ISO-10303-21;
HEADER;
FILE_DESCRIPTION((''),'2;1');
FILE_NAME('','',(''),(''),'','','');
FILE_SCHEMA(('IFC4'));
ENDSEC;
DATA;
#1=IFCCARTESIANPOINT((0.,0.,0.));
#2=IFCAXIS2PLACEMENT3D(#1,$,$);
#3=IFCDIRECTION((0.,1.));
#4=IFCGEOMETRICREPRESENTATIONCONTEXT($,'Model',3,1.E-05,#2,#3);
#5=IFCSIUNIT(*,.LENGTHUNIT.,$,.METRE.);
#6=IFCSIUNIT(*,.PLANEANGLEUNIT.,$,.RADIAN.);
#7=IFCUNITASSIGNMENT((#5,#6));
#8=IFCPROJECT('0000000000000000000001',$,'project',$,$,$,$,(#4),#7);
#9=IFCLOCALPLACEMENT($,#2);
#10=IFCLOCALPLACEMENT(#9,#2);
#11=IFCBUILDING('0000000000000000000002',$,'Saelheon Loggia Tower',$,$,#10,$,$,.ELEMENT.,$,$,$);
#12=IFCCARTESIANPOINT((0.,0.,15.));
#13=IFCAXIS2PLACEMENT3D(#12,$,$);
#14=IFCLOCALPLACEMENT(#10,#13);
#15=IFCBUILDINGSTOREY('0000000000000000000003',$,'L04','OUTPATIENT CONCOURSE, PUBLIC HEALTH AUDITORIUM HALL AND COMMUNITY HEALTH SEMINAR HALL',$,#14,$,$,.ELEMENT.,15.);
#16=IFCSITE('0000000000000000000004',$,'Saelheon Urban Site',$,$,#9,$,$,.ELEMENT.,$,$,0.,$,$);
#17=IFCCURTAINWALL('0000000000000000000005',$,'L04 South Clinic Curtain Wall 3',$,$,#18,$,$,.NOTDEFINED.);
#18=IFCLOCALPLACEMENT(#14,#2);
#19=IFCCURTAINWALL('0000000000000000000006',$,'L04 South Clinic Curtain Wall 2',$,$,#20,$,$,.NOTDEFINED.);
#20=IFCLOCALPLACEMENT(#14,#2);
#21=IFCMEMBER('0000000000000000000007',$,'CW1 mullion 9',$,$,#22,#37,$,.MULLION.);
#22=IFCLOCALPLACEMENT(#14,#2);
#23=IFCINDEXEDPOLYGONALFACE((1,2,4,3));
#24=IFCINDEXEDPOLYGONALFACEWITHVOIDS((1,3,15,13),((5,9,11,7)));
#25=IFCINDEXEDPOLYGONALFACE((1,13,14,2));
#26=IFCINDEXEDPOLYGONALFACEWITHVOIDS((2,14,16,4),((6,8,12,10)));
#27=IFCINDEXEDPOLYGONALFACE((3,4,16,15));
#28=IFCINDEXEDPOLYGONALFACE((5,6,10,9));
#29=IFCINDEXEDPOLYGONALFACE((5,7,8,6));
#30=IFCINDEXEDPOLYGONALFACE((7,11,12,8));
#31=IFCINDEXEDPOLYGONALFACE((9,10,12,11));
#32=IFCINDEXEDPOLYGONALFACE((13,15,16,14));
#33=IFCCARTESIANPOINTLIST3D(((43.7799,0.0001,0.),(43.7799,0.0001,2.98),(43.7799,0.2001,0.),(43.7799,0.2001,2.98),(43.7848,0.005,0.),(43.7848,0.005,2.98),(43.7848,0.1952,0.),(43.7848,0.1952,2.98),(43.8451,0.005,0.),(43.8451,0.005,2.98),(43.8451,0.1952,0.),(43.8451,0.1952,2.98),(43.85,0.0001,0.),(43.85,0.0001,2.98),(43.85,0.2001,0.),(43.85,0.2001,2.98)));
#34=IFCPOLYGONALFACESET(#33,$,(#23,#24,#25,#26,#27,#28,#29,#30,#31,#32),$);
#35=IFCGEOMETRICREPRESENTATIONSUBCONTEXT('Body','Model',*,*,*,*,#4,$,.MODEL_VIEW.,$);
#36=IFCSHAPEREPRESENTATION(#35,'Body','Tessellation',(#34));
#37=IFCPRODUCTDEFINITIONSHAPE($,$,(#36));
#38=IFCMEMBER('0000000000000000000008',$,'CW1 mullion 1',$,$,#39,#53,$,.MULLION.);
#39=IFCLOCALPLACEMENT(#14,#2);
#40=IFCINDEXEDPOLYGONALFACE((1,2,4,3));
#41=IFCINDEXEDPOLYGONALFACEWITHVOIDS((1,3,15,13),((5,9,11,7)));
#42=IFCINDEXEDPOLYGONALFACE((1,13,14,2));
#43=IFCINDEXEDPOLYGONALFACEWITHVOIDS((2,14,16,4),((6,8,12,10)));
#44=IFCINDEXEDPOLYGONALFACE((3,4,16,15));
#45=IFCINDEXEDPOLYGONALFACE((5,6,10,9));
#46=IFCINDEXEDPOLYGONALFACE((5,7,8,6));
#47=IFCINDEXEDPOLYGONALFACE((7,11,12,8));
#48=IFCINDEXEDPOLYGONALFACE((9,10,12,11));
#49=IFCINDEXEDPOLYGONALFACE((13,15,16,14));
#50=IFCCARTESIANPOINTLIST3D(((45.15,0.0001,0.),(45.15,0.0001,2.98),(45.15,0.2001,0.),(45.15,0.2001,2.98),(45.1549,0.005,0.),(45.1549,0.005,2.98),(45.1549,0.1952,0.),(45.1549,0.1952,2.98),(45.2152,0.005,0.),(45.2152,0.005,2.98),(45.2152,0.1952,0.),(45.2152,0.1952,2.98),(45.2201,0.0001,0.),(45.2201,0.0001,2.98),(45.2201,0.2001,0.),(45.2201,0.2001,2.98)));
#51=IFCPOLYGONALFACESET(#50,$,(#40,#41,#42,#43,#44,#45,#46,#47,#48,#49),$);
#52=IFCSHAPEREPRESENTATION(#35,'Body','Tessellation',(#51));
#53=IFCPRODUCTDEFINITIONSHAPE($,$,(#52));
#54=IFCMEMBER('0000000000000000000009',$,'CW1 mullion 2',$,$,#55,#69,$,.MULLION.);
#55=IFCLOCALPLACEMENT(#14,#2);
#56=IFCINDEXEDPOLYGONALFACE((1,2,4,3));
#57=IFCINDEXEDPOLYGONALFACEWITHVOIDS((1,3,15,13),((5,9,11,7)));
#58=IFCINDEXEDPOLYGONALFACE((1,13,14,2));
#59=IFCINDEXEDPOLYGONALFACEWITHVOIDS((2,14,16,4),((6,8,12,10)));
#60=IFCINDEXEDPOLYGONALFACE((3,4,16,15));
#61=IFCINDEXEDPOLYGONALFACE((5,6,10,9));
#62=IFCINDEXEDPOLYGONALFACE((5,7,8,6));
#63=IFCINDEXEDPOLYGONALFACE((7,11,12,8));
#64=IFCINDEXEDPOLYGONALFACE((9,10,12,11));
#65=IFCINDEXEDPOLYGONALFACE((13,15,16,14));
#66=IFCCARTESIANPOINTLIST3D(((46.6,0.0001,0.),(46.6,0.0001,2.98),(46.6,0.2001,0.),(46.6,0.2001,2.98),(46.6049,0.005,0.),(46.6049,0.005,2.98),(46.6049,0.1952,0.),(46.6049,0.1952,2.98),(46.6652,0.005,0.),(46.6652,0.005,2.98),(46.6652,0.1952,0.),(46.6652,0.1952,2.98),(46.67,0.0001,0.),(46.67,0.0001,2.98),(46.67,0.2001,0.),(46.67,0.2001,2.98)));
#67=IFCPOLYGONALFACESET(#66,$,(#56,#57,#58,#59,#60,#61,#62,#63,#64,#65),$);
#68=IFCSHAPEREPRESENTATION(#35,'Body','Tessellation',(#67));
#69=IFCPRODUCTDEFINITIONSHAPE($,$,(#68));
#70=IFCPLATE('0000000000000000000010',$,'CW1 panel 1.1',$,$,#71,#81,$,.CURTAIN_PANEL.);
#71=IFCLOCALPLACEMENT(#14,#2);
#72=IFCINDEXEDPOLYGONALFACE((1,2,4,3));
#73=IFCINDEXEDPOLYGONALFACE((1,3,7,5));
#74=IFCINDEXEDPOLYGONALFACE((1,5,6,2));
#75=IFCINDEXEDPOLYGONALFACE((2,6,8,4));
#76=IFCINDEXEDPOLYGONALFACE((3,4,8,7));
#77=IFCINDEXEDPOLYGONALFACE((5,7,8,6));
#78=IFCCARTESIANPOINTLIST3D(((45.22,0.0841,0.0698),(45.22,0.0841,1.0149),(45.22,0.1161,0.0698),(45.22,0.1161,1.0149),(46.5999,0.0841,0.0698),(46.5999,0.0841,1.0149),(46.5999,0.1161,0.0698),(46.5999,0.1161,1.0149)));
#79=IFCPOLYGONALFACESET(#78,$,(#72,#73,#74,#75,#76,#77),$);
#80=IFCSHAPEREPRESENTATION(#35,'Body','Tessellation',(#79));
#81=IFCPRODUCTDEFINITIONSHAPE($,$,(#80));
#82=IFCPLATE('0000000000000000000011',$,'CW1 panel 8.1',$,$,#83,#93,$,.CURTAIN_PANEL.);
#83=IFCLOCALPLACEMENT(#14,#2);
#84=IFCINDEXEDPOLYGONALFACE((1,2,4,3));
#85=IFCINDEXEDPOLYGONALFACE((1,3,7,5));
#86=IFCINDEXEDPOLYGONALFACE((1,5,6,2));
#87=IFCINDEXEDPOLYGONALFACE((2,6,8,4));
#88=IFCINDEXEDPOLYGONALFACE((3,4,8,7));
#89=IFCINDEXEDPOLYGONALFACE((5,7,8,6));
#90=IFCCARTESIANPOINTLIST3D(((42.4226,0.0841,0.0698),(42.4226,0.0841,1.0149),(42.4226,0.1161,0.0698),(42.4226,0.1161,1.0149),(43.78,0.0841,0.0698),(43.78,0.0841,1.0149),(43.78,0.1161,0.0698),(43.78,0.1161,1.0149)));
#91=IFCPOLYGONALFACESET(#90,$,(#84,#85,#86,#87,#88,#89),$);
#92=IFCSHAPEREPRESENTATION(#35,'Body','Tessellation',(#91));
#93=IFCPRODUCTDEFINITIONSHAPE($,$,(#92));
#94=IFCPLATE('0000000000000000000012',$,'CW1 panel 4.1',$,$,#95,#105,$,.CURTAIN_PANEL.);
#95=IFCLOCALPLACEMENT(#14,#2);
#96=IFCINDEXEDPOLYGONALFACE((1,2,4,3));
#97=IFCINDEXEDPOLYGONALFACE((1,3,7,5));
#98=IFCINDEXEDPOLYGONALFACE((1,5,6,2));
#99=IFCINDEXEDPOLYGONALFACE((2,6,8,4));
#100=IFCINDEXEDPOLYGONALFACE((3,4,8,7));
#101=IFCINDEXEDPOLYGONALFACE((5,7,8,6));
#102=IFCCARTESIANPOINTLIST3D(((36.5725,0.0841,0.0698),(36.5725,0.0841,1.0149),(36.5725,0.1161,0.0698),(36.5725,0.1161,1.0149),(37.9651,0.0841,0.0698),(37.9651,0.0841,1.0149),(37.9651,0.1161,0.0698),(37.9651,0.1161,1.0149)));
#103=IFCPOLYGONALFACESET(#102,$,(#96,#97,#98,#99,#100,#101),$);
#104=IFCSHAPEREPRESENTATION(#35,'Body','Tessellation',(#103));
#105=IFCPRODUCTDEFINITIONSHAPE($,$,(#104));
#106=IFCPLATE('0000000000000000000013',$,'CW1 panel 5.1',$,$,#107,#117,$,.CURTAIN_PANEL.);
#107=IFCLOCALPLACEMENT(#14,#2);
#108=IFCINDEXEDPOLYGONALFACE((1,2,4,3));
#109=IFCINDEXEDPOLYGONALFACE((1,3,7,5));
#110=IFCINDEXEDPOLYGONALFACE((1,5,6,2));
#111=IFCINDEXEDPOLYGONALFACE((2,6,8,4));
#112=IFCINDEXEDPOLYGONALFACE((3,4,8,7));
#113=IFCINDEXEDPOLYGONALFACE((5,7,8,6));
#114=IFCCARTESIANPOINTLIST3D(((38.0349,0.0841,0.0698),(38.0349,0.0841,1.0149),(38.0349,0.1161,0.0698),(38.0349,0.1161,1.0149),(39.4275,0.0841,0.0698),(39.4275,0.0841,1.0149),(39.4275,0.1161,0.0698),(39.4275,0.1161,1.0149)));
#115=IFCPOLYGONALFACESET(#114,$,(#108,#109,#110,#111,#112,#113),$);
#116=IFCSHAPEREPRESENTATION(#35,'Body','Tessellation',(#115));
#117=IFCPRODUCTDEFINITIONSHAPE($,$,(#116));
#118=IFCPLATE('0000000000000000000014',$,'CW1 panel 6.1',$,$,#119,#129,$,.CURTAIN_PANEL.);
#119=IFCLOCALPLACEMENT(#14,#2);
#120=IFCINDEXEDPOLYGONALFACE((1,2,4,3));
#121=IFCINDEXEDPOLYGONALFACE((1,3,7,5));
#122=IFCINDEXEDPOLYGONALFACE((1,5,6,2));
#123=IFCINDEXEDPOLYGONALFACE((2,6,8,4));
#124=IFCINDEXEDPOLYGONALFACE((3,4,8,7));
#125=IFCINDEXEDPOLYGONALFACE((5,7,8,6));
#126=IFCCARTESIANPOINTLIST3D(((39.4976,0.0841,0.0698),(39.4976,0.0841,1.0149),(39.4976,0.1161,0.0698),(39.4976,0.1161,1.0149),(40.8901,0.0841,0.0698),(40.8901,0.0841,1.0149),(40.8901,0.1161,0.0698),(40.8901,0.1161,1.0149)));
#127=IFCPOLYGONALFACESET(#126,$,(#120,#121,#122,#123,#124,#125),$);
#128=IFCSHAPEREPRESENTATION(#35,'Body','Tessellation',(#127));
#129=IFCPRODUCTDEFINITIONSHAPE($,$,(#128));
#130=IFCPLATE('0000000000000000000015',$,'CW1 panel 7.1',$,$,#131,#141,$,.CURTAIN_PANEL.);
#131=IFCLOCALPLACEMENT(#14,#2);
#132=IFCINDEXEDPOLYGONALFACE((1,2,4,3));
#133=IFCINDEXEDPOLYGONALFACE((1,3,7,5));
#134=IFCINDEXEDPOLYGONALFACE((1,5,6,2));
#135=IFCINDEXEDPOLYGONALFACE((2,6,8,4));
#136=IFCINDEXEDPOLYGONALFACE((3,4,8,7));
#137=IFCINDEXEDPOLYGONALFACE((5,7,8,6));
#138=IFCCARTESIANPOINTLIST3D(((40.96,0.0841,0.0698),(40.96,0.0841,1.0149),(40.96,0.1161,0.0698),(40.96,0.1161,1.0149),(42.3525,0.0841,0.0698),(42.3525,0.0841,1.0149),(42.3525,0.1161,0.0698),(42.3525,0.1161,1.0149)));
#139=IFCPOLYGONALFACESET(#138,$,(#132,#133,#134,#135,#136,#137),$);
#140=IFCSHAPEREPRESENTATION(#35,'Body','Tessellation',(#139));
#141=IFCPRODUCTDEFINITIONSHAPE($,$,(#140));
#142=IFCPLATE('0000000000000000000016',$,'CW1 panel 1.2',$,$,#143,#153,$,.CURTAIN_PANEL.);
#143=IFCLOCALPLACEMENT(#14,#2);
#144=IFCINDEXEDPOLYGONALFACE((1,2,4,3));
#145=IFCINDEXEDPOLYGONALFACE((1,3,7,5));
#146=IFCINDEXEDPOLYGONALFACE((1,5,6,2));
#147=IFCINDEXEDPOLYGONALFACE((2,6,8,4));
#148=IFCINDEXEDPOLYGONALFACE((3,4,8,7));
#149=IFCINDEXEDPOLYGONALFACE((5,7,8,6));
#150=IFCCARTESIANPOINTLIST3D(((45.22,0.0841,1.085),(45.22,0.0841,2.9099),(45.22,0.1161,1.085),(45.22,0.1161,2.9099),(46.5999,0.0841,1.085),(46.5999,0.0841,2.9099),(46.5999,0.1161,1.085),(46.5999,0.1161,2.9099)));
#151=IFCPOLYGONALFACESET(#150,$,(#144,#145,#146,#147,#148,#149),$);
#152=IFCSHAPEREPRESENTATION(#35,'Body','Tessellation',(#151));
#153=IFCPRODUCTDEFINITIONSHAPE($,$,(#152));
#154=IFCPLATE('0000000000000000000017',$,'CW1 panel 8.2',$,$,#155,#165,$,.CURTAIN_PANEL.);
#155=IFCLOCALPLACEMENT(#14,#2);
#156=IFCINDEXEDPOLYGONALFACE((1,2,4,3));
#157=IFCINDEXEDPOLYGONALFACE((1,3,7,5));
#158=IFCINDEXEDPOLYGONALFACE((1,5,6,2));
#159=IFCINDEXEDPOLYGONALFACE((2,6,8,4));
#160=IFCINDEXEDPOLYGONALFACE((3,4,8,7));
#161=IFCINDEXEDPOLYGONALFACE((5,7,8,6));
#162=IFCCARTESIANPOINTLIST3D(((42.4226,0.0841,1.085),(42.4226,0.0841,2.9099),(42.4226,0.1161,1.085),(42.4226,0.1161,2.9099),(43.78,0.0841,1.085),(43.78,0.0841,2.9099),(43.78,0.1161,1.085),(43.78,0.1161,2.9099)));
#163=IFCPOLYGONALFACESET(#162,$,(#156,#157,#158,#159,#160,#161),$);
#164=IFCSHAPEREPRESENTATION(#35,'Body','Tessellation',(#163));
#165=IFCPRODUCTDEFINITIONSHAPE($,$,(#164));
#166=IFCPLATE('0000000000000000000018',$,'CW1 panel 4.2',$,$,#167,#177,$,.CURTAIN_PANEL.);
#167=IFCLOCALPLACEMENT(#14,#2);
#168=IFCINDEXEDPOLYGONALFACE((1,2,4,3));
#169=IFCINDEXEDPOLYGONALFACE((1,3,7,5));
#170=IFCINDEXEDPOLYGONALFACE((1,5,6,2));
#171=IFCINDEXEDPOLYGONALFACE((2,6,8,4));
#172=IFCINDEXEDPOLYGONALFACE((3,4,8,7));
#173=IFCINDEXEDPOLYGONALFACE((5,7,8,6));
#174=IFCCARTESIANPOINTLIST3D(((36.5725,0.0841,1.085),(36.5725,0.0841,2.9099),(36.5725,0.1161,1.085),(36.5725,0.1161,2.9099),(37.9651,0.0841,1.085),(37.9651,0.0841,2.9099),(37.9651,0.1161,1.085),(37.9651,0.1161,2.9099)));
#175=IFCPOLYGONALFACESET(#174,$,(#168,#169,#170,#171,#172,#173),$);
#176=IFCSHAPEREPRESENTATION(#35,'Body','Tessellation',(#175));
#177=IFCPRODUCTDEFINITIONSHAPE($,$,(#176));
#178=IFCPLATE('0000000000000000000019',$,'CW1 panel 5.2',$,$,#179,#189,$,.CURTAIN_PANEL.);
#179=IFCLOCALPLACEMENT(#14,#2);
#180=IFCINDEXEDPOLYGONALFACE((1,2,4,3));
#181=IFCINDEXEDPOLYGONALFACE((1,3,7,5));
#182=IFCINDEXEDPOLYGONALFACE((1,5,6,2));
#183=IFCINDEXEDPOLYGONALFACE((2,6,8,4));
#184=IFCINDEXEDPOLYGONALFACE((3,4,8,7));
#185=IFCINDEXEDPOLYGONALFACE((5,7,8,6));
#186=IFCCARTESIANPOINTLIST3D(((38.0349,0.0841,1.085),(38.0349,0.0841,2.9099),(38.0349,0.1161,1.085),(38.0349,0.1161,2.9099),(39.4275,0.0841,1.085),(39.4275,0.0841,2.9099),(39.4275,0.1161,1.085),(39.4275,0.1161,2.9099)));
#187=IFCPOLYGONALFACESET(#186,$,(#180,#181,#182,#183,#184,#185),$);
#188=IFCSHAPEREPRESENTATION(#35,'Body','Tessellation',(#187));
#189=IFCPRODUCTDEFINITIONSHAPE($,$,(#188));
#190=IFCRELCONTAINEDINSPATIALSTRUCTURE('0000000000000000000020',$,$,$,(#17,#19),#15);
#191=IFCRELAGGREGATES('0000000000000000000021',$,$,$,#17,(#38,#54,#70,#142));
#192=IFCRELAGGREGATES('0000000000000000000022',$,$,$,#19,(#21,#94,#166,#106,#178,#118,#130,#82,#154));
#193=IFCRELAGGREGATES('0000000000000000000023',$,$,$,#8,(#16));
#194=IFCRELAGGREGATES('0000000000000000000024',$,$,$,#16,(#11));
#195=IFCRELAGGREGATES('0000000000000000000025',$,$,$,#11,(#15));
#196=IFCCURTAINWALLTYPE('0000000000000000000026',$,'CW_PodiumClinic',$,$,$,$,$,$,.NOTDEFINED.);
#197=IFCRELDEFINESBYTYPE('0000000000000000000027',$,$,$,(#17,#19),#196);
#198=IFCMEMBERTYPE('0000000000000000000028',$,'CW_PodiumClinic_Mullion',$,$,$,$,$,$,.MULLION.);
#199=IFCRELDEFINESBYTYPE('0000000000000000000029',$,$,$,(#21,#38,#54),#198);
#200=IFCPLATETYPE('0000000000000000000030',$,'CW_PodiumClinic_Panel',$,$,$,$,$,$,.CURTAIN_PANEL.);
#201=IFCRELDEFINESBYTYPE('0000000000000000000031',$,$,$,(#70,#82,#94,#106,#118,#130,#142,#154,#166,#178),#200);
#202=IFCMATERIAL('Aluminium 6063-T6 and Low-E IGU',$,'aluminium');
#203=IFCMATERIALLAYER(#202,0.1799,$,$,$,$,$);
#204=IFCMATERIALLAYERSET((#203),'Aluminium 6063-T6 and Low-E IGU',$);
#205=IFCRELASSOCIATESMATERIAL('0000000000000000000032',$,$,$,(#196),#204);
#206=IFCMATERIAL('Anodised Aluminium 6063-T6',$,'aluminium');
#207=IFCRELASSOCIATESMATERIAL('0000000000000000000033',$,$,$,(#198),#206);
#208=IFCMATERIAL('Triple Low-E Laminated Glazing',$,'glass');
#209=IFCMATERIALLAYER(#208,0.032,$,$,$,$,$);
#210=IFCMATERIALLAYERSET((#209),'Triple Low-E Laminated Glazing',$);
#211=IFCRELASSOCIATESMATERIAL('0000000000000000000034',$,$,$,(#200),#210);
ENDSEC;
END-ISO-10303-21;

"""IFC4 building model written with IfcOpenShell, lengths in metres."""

from ifc_helpers import new_model, si_unit, direction, frame, origin, origin_2d, place, context, subcontext, project, spatial, rectangle, hollow_rectangle, extrude, source, transform, mapped, material, layer, layer_set, material_profile, profile_set, type_object, element, aggregate, save


model = new_model("IFC4")

# Units and contexts
model_context = context("Model", 3, precision=1e-05, world=origin(), true_north=direction((0.0, 1.0)))
body_context = subcontext(model_context, "Body", "Model", "MODEL_VIEW")
ifc_project = project(units=[si_unit("LENGTHUNIT", "METRE"), si_unit("PLANEANGLEUNIT", "RADIAN")], contexts=[model_context])

# Site, building, storey
site_placement = place(None, origin())
site = spatial("IfcSite", under=ifc_project, at=site_placement, Name="Saelheon Urban Site", CompositionType="ELEMENT", RefElevation=0.0)
building_placement = place(site_placement, origin())
building = spatial("IfcBuilding", under=site, at=building_placement, Name="Saelheon Loggia Tower", CompositionType="ELEMENT")
storey_placement = place(building_placement, frame((0.0, 0.0, 15.0)))
storey = spatial("IfcBuildingStorey", under=building, at=storey_placement, Name="L04", Description="OUTPATIENT CONCOURSE, PUBLIC HEALTH AUDITORIUM HALL AND COMMUNITY HEALTH SEMINAR HALL", CompositionType="ELEMENT", Elevation=15.0)

# Curtain walls, member
ifc_material_1 = material(Name="Aluminium 6063-T6 and Low-E IGU", Category="aluminium")
ifc_layer_1 = layer(ifc_material_1, 0.1799)
ifc_layer_set_1 = layer_set([ifc_layer_1], Name="Aluminium 6063-T6 and Low-E IGU")
curtain_wall_type = type_object("IfcCurtainWallType", Name="CW_PodiumClinic", PredefinedType="NOTDEFINED", material=ifc_layer_set_1)
curtain_wall_1_placement = place(storey_placement, origin())
curtain_wall_1 = element("IfcCurtainWall", 1, at=curtain_wall_1_placement, inside=storey, type_object=curtain_wall_type, Name="L04 South Clinic Curtain Wall 3", PredefinedType="NOTDEFINED")
ifc_material_2 = material(Name="Anodised Aluminium 6063-T6", Category="aluminium")
curtain_wall_2_placement = place(storey_placement, origin())
curtain_wall_2 = element("IfcCurtainWall", 2, at=curtain_wall_2_placement, inside=storey, type_object=curtain_wall_type, Name="L04 South Clinic Curtain Wall 2", PredefinedType="NOTDEFINED")
ifc_material_profile_1 = material_profile(ifc_material_2, hollow_rectangle(XDim=0.0701, YDim=0.2, WallThickness=0.0049, at=origin_2d()), Name="RHS-200x70x5")
ifc_profile_set_1 = profile_set([ifc_material_profile_1], Name="Anodised Aluminium 6063-T6")
member_type_1 = type_object("IfcMemberType", Name="CW_PodiumClinic_Mullion", PredefinedType="MULLION", material=ifc_profile_set_1)
shared_shape_1 = source(origin(), body_context, "Body", "SweptSolid", [
    extrude(hollow_rectangle(XDim=0.0701, YDim=0.2, WallThickness=0.0049, at=origin_2d()), origin(), (0.0, 0.0, 1.0), 2.98),
])
member_1_placement = place(storey_placement, frame((43.8149, 0.1001, 0.0), z_axis=(0.0, 0.0, 1.0), x_axis=(1.0, 0.0, 0.0)))
member_1 = element("IfcMember", 3, at=member_1_placement, type_object=member_type_1, Name="CW1 mullion 9", PredefinedType="MULLION", context=body_context, shape_type="MappedRepresentation", body=[
    mapped(shared_shape_1, transform((0.0, 0.0, 0.0), scale=1.0)),
])

# Members
member_2_placement = place(storey_placement, frame((45.1851, 0.1001, 0.0), z_axis=(0.0, 0.0, 1.0), x_axis=(1.0, 0.0, 0.0)))
member_2 = element("IfcMember", 4, at=member_2_placement, type_object=member_type_1, Name="CW1 mullion 1", PredefinedType="MULLION", context=body_context, shape_type="MappedRepresentation", body=[
    mapped(shared_shape_1, transform((0.0, 0.0, 0.0), scale=1.0)),
])
member_3_placement = place(storey_placement, frame((46.635, 0.1001, 0.0), z_axis=(0.0, 0.0, 1.0), x_axis=(1.0, 0.0, 0.0)))
member_3 = element("IfcMember", 5, at=member_3_placement, type_object=member_type_1, Name="CW1 mullion 2", PredefinedType="MULLION", context=body_context, shape_type="MappedRepresentation", body=[
    mapped(shared_shape_1, transform((0.0, 0.0, 0.0), scale=1.0)),
])

# Plates
ifc_material_3 = material(Name="Triple Low-E Laminated Glazing", Category="glass")
ifc_layer_2 = layer(ifc_material_3, 0.032)
ifc_layer_set_2 = layer_set([ifc_layer_2], Name="Triple Low-E Laminated Glazing")
plate_type = type_object("IfcPlateType", Name="CW_PodiumClinic_Panel", PredefinedType="CURTAIN_PANEL", material=ifc_layer_set_2)
shared_shape_2 = source(origin(), body_context, "Body", "SweptSolid", [
    extrude(rectangle(XDim=1.3799, YDim=0.032, at=origin_2d()), origin(), (0.0, 0.0, 1.0), 0.9451),
])
plate_1_placement = place(storey_placement, frame((45.9099, 0.1001, 0.0698), z_axis=(0.0, 0.0, 1.0), x_axis=(1.0, 0.0, 0.0)))
plate_1 = element("IfcPlate", 6, at=plate_1_placement, type_object=plate_type, Name="CW1 panel 1.1", PredefinedType="CURTAIN_PANEL", context=body_context, shape_type="MappedRepresentation", body=[
    mapped(shared_shape_2, transform((0.0, 0.0, 0.0), scale=1.0)),
])
shared_shape_3 = source(origin(), body_context, "Body", "SweptSolid", [
    extrude(rectangle(XDim=1.3574, YDim=0.032, at=origin_2d()), origin(), (0.0, 0.0, 1.0), 0.9451),
])
plate_2_placement = place(storey_placement, frame((43.1013, 0.1001, 0.0698), z_axis=(0.0, 0.0, 1.0), x_axis=(1.0, 0.0, 0.0)))
plate_2 = element("IfcPlate", 7, at=plate_2_placement, type_object=plate_type, Name="CW1 panel 8.1", PredefinedType="CURTAIN_PANEL", context=body_context, shape_type="MappedRepresentation", body=[
    mapped(shared_shape_3, transform((0.0, 0.0, 0.0), scale=1.0)),
])
shared_shape_4 = source(origin(), body_context, "Body", "SweptSolid", [
    extrude(rectangle(XDim=1.3926, YDim=0.032, at=origin_2d()), origin(), (0.0, 0.0, 1.0), 0.9451),
])
plate_3_placement = place(storey_placement, frame((37.2688, 0.1001, 0.0698), z_axis=(0.0, 0.0, 1.0), x_axis=(1.0, 0.0, 0.0)))
plate_3 = element("IfcPlate", 8, at=plate_3_placement, type_object=plate_type, Name="CW1 panel 4.1", PredefinedType="CURTAIN_PANEL", context=body_context, shape_type="MappedRepresentation", body=[
    mapped(shared_shape_4, transform((0.0, 0.0, 0.0), scale=1.0)),
])
plate_4_placement = place(storey_placement, frame((38.7312, 0.1001, 0.0698), z_axis=(0.0, 0.0, 1.0), x_axis=(1.0, 0.0, 0.0)))
plate_4 = element("IfcPlate", 9, at=plate_4_placement, type_object=plate_type, Name="CW1 panel 5.1", PredefinedType="CURTAIN_PANEL", context=body_context, shape_type="MappedRepresentation", body=[
    mapped(shared_shape_4, transform((0.0, 0.0, 0.0), scale=1.0)),
])
plate_5_placement = place(storey_placement, frame((40.1938, 0.1001, 0.0698), z_axis=(0.0, 0.0, 1.0), x_axis=(1.0, 0.0, 0.0)))
plate_5 = element("IfcPlate", 10, at=plate_5_placement, type_object=plate_type, Name="CW1 panel 6.1", PredefinedType="CURTAIN_PANEL", context=body_context, shape_type="MappedRepresentation", body=[
    mapped(shared_shape_4, transform((0.0, 0.0, 0.0), scale=1.0)),
])
plate_6_placement = place(storey_placement, frame((41.6562, 0.1001, 0.0698), z_axis=(0.0, 0.0, 1.0), x_axis=(1.0, 0.0, 0.0)))
plate_6 = element("IfcPlate", 11, at=plate_6_placement, type_object=plate_type, Name="CW1 panel 7.1", PredefinedType="CURTAIN_PANEL", context=body_context, shape_type="MappedRepresentation", body=[
    mapped(shared_shape_4, transform((0.0, 0.0, 0.0), scale=1.0)),
])
shared_shape_5 = source(origin(), body_context, "Body", "SweptSolid", [
    extrude(rectangle(XDim=1.3799, YDim=0.032, at=origin_2d()), origin(), (0.0, 0.0, 1.0), 1.825),
])
plate_7_placement = place(storey_placement, frame((45.9099, 0.1001, 1.085), z_axis=(0.0, 0.0, 1.0), x_axis=(1.0, 0.0, 0.0)))
plate_7 = element("IfcPlate", 12, at=plate_7_placement, type_object=plate_type, Name="CW1 panel 1.2", PredefinedType="CURTAIN_PANEL", context=body_context, shape_type="MappedRepresentation", body=[
    mapped(shared_shape_5, transform((0.0, 0.0, 0.0), scale=1.0)),
])
aggregate(curtain_wall_1, [member_2, member_3, plate_1, plate_7])
shared_shape_6 = source(origin(), body_context, "Body", "SweptSolid", [
    extrude(rectangle(XDim=1.3574, YDim=0.032, at=origin_2d()), origin(), (0.0, 0.0, 1.0), 1.825),
])
plate_8_placement = place(storey_placement, frame((43.1013, 0.1001, 1.085), z_axis=(0.0, 0.0, 1.0), x_axis=(1.0, 0.0, 0.0)))
plate_8 = element("IfcPlate", 13, at=plate_8_placement, type_object=plate_type, Name="CW1 panel 8.2", PredefinedType="CURTAIN_PANEL", context=body_context, shape_type="MappedRepresentation", body=[
    mapped(shared_shape_6, transform((0.0, 0.0, 0.0), scale=1.0)),
])
shared_shape_7 = source(origin(), body_context, "Body", "SweptSolid", [
    extrude(rectangle(XDim=1.3926, YDim=0.032, at=origin_2d()), origin(), (0.0, 0.0, 1.0), 1.825),
])
plate_9_placement = place(storey_placement, frame((37.2688, 0.1001, 1.085), z_axis=(0.0, 0.0, 1.0), x_axis=(1.0, 0.0, 0.0)))
plate_9 = element("IfcPlate", 14, at=plate_9_placement, type_object=plate_type, Name="CW1 panel 4.2", PredefinedType="CURTAIN_PANEL", context=body_context, shape_type="MappedRepresentation", body=[
    mapped(shared_shape_7, transform((0.0, 0.0, 0.0), scale=1.0)),
])
plate_10_placement = place(storey_placement, frame((38.7312, 0.1001, 1.085), z_axis=(0.0, 0.0, 1.0), x_axis=(1.0, 0.0, 0.0)))
plate_10 = element("IfcPlate", 15, at=plate_10_placement, type_object=plate_type, Name="CW1 panel 5.2", PredefinedType="CURTAIN_PANEL", context=body_context, shape_type="MappedRepresentation", body=[
    mapped(shared_shape_7, transform((0.0, 0.0, 0.0), scale=1.0)),
])
aggregate(curtain_wall_2, [member_1, plate_3, plate_9, plate_4, plate_10, plate_5, plate_6, plate_2, plate_8])

save(model, "model.ifc")
